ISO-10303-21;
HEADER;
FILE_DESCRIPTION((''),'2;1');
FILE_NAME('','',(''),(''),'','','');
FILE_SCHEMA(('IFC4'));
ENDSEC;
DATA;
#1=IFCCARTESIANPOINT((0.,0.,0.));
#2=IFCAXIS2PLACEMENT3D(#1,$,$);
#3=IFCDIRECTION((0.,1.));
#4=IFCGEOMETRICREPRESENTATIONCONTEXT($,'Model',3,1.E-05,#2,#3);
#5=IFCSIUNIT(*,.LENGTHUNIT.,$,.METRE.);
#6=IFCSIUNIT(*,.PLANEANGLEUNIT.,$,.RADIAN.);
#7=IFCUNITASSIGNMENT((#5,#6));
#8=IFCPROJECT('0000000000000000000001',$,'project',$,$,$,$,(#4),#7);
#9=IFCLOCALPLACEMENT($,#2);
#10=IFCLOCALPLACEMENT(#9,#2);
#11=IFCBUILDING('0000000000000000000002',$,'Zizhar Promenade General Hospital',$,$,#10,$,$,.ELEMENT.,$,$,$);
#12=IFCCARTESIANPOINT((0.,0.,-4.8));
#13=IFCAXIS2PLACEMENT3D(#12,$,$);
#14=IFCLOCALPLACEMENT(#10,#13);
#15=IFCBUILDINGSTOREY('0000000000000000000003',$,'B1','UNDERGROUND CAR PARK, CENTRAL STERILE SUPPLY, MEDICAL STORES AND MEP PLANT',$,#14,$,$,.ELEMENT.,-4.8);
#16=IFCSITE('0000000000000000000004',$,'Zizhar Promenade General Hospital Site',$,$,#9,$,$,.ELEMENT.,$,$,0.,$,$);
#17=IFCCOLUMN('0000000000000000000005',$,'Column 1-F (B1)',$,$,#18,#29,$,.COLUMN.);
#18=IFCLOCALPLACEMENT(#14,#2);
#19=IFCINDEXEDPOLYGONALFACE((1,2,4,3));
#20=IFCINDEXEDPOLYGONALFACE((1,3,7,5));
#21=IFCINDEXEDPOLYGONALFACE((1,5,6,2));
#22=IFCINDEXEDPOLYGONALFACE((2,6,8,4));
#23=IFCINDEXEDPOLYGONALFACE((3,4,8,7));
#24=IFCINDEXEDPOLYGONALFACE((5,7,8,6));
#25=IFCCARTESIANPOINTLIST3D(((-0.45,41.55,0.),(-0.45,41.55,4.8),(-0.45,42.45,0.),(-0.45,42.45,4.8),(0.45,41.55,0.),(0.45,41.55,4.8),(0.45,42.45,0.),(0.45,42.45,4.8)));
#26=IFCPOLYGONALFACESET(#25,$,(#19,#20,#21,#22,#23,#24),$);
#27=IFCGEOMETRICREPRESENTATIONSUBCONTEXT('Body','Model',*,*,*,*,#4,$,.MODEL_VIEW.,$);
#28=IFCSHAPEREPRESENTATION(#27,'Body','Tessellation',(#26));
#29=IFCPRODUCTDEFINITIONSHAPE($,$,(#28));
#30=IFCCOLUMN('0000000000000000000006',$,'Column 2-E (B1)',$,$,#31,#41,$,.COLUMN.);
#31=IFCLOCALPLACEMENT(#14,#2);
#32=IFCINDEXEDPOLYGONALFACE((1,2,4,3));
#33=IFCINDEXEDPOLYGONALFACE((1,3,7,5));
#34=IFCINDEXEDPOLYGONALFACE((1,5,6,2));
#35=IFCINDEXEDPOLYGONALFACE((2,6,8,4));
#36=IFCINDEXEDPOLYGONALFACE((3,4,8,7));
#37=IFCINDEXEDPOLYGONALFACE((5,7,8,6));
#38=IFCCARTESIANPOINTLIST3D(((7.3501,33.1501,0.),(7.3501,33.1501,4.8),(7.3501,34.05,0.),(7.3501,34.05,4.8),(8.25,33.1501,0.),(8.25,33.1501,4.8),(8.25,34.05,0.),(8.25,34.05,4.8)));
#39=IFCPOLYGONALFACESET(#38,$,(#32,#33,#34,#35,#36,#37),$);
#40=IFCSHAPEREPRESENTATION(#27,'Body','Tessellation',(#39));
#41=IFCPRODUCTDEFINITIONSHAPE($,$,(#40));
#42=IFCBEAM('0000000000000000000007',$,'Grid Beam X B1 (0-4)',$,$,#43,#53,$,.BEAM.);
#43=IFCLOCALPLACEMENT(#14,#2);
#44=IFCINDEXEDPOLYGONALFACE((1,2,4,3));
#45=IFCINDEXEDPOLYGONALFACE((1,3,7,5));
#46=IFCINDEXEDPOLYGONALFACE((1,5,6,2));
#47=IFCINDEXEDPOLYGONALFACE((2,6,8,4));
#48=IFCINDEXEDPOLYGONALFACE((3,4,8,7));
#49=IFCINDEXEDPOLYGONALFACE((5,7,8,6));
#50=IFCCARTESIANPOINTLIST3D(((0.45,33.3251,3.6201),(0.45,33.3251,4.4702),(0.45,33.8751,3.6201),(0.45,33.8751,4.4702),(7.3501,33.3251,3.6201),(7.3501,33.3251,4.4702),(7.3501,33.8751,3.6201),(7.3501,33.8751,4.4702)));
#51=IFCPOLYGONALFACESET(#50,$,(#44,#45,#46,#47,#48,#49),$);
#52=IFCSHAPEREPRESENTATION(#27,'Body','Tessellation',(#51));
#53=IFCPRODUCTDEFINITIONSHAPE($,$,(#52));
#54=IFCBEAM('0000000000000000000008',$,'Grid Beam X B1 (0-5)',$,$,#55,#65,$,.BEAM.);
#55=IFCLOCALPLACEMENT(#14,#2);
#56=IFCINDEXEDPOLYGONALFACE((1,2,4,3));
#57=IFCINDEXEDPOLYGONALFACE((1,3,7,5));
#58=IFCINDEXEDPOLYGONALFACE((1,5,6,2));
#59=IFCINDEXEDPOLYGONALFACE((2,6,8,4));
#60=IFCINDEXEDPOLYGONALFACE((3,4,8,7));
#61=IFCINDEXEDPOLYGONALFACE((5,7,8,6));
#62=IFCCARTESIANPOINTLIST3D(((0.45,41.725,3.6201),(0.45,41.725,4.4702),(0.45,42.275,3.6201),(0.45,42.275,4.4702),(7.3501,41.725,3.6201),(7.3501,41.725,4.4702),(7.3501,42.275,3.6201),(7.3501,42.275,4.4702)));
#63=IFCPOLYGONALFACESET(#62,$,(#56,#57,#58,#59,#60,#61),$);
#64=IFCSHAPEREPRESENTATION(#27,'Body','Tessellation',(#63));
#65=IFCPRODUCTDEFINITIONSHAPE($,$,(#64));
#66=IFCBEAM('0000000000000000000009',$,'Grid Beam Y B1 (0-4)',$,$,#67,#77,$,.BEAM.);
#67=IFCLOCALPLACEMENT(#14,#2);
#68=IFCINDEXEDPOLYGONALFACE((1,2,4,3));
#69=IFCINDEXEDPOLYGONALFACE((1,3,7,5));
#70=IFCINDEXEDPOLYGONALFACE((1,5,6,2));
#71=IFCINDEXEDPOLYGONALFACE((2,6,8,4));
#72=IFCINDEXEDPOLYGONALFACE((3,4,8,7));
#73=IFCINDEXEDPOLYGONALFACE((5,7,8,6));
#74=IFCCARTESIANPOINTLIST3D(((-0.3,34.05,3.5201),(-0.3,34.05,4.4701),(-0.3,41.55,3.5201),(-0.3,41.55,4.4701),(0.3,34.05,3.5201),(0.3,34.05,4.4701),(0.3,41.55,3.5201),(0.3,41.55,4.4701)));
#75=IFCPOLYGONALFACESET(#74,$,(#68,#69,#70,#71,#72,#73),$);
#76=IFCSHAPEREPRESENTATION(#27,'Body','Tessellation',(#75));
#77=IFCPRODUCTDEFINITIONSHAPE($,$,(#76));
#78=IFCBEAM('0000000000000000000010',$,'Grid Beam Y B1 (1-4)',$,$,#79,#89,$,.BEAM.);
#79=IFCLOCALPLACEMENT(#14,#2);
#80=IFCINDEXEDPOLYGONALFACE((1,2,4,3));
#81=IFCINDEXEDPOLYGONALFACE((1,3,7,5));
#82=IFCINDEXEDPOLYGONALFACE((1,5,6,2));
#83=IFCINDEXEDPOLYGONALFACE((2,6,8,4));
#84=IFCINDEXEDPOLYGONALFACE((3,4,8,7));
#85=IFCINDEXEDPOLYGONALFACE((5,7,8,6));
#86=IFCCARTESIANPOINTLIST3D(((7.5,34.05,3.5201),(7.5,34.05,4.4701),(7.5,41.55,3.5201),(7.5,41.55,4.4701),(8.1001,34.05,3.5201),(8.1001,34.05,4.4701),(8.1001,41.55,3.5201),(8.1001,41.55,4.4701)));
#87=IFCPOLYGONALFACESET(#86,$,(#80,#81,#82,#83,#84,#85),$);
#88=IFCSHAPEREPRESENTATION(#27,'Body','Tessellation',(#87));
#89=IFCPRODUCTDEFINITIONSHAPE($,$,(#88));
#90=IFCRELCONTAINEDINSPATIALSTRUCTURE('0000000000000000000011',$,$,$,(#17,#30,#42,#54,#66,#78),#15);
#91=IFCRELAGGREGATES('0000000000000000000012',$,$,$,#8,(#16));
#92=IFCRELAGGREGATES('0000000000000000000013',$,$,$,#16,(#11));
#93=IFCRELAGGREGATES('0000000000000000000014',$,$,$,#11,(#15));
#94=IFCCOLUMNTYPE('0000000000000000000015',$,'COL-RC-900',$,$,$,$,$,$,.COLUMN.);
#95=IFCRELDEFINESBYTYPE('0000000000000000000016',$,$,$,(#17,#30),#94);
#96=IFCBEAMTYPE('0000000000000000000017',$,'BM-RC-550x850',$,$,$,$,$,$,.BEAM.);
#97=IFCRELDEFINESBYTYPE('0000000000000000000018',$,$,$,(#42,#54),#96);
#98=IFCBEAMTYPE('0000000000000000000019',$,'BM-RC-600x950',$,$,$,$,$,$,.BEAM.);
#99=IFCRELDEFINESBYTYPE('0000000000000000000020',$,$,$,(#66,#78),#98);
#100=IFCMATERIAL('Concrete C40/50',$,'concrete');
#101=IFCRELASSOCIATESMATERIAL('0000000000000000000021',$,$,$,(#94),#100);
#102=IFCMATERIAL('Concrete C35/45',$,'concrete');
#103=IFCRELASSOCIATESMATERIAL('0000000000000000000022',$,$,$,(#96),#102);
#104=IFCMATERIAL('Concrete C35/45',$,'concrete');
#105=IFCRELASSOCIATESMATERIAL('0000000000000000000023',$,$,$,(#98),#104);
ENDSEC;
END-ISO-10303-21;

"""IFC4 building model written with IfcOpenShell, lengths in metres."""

from ifc_helpers import new_model, si_unit, direction, frame, origin, origin_2d, place, context, subcontext, project, spatial, rectangle, extrude, material, material_profile, profile_set, type_object, element, save


model = new_model("IFC4")

# Units and contexts
model_context = context("Model", 3, precision=1e-05, world=origin(), true_north=direction((0.0, 1.0)))
body_context = subcontext(model_context, "Body", "Model", "MODEL_VIEW")
ifc_project = project(units=[si_unit("LENGTHUNIT", "METRE"), si_unit("PLANEANGLEUNIT", "RADIAN")], contexts=[model_context])

# Site, building, storey
site_placement = place(None, origin())
site = spatial("IfcSite", under=ifc_project, at=site_placement, Name="Zizhar Promenade General Hospital Site", CompositionType="ELEMENT", RefElevation=0.0)
building_placement = place(site_placement, origin())
building = spatial("IfcBuilding", under=site, at=building_placement, Name="Zizhar Promenade General Hospital", CompositionType="ELEMENT")
storey_placement = place(building_placement, frame((0.0, 0.0, -4.8)))
storey = spatial("IfcBuildingStorey", under=building, at=storey_placement, Name="B1", Description="UNDERGROUND CAR PARK, CENTRAL STERILE SUPPLY, MEDICAL STORES AND MEP PLANT", CompositionType="ELEMENT", Elevation=-4.8)

# Columns
ifc_material_1 = material(Name="Concrete C40/50", Category="concrete")
ifc_material_profile_1 = material_profile(ifc_material_1, rectangle(XDim=0.8999, YDim=0.8999, at=origin_2d()))
ifc_profile_set_1 = profile_set([ifc_material_profile_1], Name="Concrete C40/50")
column_type = type_object("IfcColumnType", Name="COL-RC-900", PredefinedType="COLUMN", material=ifc_profile_set_1)
for number, where, z_axis, x_axis, name in (
    (1, (0.0, 42.0, 0.0), (0.0, 0.0, 1.0), (1.0, 0.0, 0.0), "Column 1-F (B1)"),
    (2, (7.8, 33.6001, 0.0), (0.0, 0.0, 1.0), (1.0, 0.0, 0.0), "Column 2-E (B1)"),
):
    element("IfcColumn", number, at=place(storey_placement, frame(where, z_axis=z_axis, x_axis=x_axis)), inside=storey, type_object=column_type, Name=name, PredefinedType="COLUMN", context=body_context, shape_type="SweptSolid", body=[
        extrude(rectangle(XDim=0.8999, YDim=0.8999, at=origin_2d()), origin(), (0.0, 0.0, 1.0), 4.8),
    ])

# Beams
ifc_material_2 = material(Name="Concrete C35/45", Category="concrete")
ifc_material_profile_2 = material_profile(ifc_material_2, rectangle(XDim=0.55, YDim=0.8501, at=origin_2d()))
ifc_profile_set_2 = profile_set([ifc_material_profile_2], Name="Concrete C35/45")
beam_type_1 = type_object("IfcBeamType", Name="BM-RC-550x850", PredefinedType="BEAM", material=ifc_profile_set_2)
for number, where, z_axis, x_axis, name in (
    (3, (0.45, 33.6001, 4.0452), (1.0, 0.0, 0.0), (0.0, 1.0, 0.0), "Grid Beam X B1 (0-4)"),
    (4, (0.45, 42.0, 4.0452), (1.0, 0.0, 0.0), (0.0, 1.0, 0.0), "Grid Beam X B1 (0-5)"),
):
    element("IfcBeam", number, at=place(storey_placement, frame(where, z_axis=z_axis, x_axis=x_axis)), inside=storey, type_object=beam_type_1, Name=name, PredefinedType="BEAM", context=body_context, shape_type="SweptSolid", body=[
        extrude(rectangle(XDim=0.55, YDim=0.8501, at=origin_2d()), origin(), (0.0, 0.0, 1.0), 6.9001),
    ])
ifc_material_3 = material(Name="Concrete C35/45", Category="concrete")
ifc_material_profile_3 = material_profile(ifc_material_3, rectangle(XDim=0.6001, YDim=0.95, at=origin_2d()))
ifc_profile_set_3 = profile_set([ifc_material_profile_3], Name="Concrete C35/45")
beam_type_2 = type_object("IfcBeamType", Name="BM-RC-600x950", PredefinedType="BEAM", material=ifc_profile_set_3)
for number, where, z_axis, x_axis, name in (
    (5, (0.0, 34.05, 3.9951), (0.0, 1.0, 0.0), (-1.0, 0.0, 0.0), "Grid Beam Y B1 (0-4)"),
    (6, (7.8, 34.05, 3.9951), (0.0, 1.0, 0.0), (-1.0, 0.0, 0.0), "Grid Beam Y B1 (1-4)"),
):
    element("IfcBeam", number, at=place(storey_placement, frame(where, z_axis=z_axis, x_axis=x_axis)), inside=storey, type_object=beam_type_2, Name=name, PredefinedType="BEAM", context=body_context, shape_type="SweptSolid", body=[
        extrude(rectangle(XDim=0.6001, YDim=0.95, at=origin_2d()), origin(), (0.0, 0.0, 1.0), 7.5),
    ])

save(model, "model.ifc")
